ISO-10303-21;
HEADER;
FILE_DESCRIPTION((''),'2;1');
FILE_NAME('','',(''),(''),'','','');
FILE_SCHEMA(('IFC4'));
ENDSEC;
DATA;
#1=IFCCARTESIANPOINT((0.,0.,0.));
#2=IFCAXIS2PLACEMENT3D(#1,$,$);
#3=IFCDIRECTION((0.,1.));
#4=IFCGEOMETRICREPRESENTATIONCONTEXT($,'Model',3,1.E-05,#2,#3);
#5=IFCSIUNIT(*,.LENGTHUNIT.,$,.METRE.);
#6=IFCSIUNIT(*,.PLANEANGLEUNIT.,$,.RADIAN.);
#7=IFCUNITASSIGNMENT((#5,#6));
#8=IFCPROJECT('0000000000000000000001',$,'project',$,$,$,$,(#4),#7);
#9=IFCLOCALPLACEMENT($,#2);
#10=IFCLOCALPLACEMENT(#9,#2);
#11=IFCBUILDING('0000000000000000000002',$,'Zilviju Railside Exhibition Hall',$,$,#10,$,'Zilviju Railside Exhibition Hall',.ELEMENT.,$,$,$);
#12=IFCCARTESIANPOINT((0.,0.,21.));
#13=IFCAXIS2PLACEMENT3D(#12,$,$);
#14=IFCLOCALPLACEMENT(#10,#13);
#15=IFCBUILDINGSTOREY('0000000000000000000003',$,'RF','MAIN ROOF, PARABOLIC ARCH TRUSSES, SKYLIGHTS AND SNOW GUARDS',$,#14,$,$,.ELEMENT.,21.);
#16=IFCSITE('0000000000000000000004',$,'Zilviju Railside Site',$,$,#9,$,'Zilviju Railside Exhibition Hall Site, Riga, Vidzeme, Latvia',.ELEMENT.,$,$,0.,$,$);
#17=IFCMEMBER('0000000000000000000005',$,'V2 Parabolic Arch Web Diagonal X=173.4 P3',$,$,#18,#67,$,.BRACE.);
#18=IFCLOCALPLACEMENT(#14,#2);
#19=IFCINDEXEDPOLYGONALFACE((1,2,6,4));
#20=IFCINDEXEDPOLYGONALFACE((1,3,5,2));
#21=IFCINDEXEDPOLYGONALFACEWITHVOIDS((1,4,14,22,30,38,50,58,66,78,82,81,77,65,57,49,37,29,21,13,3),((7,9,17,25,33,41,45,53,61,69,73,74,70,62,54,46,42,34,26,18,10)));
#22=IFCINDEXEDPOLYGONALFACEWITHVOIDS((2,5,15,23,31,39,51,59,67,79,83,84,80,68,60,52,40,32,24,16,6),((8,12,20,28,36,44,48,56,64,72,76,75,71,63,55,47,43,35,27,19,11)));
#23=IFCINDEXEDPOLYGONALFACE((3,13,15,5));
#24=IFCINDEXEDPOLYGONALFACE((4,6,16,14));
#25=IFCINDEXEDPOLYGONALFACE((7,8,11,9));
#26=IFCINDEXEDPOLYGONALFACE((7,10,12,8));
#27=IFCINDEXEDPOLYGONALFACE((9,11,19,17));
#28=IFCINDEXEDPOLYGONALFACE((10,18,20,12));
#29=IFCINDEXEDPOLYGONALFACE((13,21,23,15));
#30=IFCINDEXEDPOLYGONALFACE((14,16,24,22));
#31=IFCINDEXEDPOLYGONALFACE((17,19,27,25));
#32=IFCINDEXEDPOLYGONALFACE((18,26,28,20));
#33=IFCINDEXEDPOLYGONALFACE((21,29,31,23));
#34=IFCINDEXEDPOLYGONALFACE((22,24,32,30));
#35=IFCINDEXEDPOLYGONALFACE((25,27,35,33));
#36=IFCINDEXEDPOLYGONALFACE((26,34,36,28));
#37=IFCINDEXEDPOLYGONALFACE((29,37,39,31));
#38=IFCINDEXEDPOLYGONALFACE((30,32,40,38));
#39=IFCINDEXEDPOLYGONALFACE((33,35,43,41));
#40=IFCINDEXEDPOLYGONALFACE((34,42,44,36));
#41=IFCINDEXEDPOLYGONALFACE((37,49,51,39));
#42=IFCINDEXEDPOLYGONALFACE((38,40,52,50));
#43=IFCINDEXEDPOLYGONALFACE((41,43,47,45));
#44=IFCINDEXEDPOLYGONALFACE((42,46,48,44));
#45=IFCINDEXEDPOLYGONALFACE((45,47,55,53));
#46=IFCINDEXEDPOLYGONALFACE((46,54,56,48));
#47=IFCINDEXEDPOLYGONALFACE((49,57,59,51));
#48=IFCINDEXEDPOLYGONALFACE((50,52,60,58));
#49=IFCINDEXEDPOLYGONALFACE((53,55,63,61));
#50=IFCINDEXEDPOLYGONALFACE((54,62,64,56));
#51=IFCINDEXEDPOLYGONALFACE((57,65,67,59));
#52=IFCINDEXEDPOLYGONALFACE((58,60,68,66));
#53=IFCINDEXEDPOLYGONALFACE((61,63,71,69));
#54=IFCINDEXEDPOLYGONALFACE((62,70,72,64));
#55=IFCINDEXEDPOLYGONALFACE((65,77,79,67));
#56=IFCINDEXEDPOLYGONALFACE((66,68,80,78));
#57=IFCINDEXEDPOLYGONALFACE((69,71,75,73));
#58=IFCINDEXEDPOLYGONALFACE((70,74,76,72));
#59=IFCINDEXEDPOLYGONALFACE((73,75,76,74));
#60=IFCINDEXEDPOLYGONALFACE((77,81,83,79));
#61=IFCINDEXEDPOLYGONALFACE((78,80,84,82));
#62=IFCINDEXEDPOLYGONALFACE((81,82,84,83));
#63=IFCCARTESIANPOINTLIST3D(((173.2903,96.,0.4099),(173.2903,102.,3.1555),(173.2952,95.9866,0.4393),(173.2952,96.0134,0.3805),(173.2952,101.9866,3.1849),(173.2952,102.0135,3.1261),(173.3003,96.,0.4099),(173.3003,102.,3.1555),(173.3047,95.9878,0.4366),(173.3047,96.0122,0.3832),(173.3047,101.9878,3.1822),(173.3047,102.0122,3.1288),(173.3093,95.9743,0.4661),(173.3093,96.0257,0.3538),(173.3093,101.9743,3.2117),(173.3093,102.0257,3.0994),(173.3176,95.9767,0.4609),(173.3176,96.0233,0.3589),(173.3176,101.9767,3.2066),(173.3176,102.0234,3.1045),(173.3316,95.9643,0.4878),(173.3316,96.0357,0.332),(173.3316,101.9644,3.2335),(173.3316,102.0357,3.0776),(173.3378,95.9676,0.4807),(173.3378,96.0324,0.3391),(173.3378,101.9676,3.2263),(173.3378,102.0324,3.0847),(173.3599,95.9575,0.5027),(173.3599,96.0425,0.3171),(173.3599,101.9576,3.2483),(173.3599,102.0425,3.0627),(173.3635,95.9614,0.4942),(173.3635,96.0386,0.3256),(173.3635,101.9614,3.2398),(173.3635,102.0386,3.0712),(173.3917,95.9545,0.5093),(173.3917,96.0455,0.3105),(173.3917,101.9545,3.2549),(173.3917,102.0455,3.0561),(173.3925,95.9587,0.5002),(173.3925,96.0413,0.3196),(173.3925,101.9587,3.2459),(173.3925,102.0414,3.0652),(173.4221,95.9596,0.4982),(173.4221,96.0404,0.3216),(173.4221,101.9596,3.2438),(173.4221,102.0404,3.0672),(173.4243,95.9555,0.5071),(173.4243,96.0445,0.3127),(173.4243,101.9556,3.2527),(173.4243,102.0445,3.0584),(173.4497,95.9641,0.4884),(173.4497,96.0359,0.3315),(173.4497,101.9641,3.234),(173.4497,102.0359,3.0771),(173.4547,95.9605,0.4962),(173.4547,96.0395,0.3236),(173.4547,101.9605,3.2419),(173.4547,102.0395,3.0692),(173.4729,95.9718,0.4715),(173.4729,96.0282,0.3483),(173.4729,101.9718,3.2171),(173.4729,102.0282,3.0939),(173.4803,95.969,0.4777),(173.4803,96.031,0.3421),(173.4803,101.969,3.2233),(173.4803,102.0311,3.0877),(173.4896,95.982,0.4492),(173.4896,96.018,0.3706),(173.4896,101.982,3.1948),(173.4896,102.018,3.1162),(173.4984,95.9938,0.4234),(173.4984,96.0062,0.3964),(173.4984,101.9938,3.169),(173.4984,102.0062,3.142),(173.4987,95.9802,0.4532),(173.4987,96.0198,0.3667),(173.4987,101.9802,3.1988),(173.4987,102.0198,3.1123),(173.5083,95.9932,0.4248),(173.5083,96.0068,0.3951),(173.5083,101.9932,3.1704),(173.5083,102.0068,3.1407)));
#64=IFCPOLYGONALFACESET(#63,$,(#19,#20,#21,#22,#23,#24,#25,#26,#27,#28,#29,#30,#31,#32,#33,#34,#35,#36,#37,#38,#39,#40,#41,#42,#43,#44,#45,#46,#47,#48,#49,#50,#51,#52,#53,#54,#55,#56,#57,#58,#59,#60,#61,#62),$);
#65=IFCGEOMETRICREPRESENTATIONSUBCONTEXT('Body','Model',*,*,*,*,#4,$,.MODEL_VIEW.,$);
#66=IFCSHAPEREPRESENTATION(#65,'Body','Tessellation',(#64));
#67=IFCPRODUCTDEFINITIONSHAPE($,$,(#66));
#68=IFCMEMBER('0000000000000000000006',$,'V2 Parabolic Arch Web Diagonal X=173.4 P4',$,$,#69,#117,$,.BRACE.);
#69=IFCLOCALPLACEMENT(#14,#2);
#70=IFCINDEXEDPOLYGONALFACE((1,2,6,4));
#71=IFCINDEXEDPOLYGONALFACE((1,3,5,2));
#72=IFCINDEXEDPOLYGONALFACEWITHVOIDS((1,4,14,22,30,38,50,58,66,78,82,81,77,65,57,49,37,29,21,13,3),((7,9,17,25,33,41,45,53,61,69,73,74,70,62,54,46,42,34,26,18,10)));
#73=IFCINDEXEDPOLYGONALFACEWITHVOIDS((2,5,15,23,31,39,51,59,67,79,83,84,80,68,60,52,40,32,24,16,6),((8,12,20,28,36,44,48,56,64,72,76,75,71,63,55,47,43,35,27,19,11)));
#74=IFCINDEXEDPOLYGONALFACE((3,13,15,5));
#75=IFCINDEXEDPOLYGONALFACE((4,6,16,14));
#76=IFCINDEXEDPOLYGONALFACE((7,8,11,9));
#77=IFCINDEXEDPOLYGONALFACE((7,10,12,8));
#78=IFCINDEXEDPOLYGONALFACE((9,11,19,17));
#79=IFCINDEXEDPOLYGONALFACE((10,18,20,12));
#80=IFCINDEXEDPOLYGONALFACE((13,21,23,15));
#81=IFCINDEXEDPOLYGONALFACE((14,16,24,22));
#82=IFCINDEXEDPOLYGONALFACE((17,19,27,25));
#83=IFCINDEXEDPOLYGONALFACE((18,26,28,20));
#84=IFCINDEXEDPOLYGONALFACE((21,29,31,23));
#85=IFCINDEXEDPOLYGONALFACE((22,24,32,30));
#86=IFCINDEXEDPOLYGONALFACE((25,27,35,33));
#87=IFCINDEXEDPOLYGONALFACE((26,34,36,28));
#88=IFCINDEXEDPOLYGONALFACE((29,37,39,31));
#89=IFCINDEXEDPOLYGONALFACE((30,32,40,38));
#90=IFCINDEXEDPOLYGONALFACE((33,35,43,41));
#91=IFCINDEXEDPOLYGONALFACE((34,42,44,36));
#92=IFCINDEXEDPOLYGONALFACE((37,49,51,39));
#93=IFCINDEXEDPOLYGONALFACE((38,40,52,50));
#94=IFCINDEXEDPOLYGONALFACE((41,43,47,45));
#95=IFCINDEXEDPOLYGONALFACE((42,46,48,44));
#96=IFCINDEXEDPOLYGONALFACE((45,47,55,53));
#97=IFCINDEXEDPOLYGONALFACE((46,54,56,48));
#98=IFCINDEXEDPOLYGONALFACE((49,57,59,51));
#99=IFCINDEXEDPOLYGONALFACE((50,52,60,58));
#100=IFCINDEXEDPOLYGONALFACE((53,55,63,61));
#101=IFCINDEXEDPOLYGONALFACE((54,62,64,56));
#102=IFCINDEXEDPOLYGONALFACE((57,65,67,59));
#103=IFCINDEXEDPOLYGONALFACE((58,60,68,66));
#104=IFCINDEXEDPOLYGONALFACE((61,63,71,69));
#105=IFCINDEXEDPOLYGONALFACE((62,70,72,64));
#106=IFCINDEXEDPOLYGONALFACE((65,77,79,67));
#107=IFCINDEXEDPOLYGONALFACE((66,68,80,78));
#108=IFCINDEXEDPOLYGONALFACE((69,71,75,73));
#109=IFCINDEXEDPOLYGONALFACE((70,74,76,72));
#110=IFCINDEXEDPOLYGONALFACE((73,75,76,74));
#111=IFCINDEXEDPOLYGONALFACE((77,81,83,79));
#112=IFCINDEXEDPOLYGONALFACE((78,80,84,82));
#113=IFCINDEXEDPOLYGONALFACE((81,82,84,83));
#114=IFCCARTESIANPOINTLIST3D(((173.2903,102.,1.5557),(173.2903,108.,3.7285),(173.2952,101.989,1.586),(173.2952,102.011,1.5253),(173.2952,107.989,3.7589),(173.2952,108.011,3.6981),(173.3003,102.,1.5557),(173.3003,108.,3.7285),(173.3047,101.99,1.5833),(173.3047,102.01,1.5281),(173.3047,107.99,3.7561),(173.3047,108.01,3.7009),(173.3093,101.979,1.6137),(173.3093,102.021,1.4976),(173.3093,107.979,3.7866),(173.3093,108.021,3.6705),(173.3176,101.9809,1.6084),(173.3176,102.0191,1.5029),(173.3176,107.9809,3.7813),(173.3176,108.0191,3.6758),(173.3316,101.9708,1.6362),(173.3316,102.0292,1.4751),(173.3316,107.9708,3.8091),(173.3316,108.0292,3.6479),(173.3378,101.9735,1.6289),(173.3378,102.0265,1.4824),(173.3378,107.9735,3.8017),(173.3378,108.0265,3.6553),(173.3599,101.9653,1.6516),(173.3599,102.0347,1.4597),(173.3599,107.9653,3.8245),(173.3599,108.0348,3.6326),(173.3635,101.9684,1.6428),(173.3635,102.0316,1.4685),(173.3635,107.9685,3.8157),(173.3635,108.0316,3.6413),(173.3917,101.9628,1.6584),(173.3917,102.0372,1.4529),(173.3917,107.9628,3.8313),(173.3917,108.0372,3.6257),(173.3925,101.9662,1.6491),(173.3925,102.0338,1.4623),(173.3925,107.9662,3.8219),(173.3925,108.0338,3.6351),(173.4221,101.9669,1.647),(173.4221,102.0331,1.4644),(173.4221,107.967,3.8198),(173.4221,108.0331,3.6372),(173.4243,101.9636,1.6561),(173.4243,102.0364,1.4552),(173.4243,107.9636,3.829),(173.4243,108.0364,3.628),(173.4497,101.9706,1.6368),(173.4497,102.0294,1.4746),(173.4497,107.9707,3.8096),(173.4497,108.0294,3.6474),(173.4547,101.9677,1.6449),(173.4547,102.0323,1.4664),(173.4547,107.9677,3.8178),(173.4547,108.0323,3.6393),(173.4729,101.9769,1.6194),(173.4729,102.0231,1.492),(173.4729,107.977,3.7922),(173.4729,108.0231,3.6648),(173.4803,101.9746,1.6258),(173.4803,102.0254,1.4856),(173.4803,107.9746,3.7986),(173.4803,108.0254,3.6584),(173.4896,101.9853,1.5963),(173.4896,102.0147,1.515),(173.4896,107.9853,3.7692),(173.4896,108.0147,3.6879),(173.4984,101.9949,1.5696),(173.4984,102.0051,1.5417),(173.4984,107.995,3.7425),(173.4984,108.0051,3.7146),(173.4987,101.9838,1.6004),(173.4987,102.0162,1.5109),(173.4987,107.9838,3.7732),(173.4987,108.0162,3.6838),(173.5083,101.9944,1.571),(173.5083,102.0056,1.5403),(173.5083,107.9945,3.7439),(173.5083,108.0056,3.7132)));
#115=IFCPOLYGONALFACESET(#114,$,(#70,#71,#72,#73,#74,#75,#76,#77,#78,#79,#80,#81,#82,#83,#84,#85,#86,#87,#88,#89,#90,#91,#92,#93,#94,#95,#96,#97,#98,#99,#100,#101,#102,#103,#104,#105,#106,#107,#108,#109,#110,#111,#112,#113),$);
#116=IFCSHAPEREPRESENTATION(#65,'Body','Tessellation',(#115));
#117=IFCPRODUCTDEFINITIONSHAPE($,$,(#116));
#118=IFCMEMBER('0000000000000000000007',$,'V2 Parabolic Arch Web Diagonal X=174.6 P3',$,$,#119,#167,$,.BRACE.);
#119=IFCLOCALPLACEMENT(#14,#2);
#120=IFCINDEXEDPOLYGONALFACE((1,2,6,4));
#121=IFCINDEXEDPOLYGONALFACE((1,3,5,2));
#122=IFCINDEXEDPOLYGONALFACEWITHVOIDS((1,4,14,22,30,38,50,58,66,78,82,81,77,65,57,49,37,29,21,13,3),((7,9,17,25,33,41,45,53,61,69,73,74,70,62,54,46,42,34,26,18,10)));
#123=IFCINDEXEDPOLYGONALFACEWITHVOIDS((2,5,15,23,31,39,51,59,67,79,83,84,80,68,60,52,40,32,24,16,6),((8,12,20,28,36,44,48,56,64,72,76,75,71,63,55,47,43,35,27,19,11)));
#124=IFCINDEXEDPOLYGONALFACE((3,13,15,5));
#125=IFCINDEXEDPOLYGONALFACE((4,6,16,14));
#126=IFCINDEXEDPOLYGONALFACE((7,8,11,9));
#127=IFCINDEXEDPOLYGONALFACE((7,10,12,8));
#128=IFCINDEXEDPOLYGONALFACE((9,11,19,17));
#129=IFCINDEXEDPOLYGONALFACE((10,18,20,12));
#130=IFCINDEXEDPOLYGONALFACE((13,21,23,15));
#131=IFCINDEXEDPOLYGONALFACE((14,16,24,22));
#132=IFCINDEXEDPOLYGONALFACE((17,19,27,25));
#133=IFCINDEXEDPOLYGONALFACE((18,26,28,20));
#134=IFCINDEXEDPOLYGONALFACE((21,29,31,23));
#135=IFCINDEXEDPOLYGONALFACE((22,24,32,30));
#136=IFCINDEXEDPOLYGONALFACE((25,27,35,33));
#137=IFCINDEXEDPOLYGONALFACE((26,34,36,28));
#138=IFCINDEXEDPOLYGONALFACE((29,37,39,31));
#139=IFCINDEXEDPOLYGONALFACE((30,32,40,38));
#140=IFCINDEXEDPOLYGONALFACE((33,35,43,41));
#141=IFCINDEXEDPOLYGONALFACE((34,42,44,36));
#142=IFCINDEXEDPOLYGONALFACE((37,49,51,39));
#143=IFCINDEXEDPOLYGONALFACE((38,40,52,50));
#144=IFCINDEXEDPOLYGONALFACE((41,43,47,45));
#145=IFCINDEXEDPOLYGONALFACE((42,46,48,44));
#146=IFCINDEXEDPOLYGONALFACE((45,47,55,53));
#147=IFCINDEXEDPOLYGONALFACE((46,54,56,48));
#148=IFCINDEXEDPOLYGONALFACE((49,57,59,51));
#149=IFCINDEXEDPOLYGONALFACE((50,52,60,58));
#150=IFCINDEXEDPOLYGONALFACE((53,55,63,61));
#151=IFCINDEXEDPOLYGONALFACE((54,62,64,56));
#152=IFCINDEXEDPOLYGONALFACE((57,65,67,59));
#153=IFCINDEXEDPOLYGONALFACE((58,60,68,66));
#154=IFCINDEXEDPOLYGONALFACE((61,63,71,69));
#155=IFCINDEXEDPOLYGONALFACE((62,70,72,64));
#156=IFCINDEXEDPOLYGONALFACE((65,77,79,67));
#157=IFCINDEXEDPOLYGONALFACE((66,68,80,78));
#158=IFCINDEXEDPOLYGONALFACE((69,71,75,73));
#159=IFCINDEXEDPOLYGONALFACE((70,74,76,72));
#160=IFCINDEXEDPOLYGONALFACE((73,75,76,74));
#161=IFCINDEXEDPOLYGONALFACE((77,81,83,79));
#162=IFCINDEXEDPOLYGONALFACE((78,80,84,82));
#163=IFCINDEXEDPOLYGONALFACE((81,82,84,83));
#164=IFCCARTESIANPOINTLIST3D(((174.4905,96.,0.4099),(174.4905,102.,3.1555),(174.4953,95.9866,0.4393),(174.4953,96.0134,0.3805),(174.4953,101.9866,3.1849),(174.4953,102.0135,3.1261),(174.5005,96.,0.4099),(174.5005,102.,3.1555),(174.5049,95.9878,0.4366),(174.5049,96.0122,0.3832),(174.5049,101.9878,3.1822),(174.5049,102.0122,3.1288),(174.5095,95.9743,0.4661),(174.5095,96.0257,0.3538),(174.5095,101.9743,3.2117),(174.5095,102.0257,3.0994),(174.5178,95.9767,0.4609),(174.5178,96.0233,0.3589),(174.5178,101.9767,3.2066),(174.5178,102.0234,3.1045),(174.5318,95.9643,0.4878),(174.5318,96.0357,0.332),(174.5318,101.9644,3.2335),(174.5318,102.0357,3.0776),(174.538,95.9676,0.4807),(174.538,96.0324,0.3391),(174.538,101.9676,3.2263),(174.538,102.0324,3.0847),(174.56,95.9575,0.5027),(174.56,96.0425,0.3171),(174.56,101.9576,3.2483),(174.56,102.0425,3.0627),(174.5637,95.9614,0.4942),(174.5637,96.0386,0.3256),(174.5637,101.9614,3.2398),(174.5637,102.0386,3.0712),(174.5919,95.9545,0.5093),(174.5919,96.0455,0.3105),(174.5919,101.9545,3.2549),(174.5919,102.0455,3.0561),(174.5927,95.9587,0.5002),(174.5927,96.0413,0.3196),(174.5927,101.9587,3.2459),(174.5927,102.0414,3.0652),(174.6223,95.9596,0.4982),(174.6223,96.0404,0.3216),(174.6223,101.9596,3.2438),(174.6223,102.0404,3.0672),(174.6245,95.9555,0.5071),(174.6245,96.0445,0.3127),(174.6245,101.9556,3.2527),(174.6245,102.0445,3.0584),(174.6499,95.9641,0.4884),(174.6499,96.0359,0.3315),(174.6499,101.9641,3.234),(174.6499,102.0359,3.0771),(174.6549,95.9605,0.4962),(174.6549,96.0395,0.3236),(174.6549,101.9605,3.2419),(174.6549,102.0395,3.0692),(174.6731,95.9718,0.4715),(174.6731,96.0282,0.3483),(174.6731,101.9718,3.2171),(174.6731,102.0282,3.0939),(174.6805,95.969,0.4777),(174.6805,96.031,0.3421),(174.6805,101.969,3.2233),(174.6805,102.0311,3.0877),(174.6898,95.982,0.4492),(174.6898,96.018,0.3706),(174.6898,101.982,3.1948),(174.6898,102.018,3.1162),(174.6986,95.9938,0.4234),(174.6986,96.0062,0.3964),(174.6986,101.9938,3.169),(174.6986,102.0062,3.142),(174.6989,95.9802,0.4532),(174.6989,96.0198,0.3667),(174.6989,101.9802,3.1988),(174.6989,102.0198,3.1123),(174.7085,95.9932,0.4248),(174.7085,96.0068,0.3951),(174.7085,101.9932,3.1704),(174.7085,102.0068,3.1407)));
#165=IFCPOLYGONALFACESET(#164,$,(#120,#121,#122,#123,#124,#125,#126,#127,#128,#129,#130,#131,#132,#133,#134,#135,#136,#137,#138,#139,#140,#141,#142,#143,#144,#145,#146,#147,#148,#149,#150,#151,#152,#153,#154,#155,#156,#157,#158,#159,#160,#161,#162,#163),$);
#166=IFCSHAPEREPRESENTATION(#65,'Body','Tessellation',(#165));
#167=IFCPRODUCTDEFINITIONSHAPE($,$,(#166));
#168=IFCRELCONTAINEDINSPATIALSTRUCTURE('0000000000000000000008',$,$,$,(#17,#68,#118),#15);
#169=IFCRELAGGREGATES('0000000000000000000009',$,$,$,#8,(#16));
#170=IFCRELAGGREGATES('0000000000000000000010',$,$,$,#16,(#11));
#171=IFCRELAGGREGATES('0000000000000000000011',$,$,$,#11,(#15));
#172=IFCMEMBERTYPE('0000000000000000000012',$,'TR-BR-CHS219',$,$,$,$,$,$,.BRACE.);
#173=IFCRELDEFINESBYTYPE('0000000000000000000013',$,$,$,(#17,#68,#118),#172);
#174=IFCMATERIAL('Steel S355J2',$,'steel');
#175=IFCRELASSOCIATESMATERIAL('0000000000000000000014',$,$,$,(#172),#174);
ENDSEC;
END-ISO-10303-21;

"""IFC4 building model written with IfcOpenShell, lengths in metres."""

from ifc_helpers import new_model, si_unit, direction, frame, origin, origin_2d, place, context, subcontext, project, spatial, hollow_circle, extrude, material, material_profile, profile_set, type_object, element, save


model = new_model("IFC4")

# Units and contexts
model_context = context("Model", 3, precision=1e-05, world=origin(), true_north=direction((0.0, 1.0)))
body_context = subcontext(model_context, "Body", "Model", "MODEL_VIEW")
ifc_project = project(units=[si_unit("LENGTHUNIT", "METRE"), si_unit("PLANEANGLEUNIT", "RADIAN")], contexts=[model_context])

# Site, building, storey
site_placement = place(None, origin())
site = spatial("IfcSite", under=ifc_project, at=site_placement, Name="Zilviju Railside Site", LongName="Zilviju Railside Exhibition Hall Site, Riga, Vidzeme, Latvia", CompositionType="ELEMENT", RefElevation=0.0)
building_placement = place(site_placement, origin())
building = spatial("IfcBuilding", under=site, at=building_placement, Name="Zilviju Railside Exhibition Hall", LongName="Zilviju Railside Exhibition Hall", CompositionType="ELEMENT")
storey_placement = place(building_placement, frame((0.0, 0.0, 21.0)))
storey = spatial("IfcBuildingStorey", under=building, at=storey_placement, Name="RF", Description="MAIN ROOF, PARABOLIC ARCH TRUSSES, SKYLIGHTS AND SNOW GUARDS", CompositionType="ELEMENT", Elevation=21.0)

# Members
ifc_material_1 = material(Name="Steel S355J2", Category="steel")
ifc_material_profile_1 = material_profile(ifc_material_1, hollow_circle(Radius=0.1096, WallThickness=0.01, at=origin_2d()), Name="CHS 219.1x10.0")
ifc_profile_set_1 = profile_set([ifc_material_profile_1], Name="Steel S355J2")
member_type_1 = type_object("IfcMemberType", Name="TR-BR-CHS219", PredefinedType="BRACE", material=ifc_profile_set_1)
member_1_placement = place(storey_placement, frame((173.3999, 96.0, 0.4099), z_axis=(0.0, 0.909317, 0.416104), x_axis=(-1.0, 0.0, 0.0)))
element("IfcMember", 1, at=member_1_placement, inside=storey, type_object=member_type_1, Name="V2 Parabolic Arch Web Diagonal X=173.4 P3", PredefinedType="BRACE", context=body_context, shape_type="SweptSolid", body=[
    extrude(hollow_circle(Radius=0.1096, WallThickness=0.01, at=origin_2d()), origin(), (0.0, 0.0, 1.0), 6.5984),
])
member_2_placement = place(storey_placement, frame((173.3999, 102.0, 1.5557), z_axis=(0.0, 0.940244, 0.340502), x_axis=(-1.0, 0.0, 0.0)))
element("IfcMember", 2, at=member_2_placement, inside=storey, type_object=member_type_1, Name="V2 Parabolic Arch Web Diagonal X=173.4 P4", PredefinedType="BRACE", context=body_context, shape_type="SweptSolid", body=[
    extrude(hollow_circle(Radius=0.1096, WallThickness=0.01, at=origin_2d()), origin(), (0.0, 0.0, 1.0), 6.3813),
])
member_3_placement = place(storey_placement, frame((174.6001, 96.0, 0.4099), z_axis=(0.0, 0.909317, 0.416104), x_axis=(-1.0, 0.0, 0.0)))
element("IfcMember", 3, at=member_3_placement, inside=storey, type_object=member_type_1, Name="V2 Parabolic Arch Web Diagonal X=174.6 P3", PredefinedType="BRACE", context=body_context, shape_type="SweptSolid", body=[
    extrude(hollow_circle(Radius=0.1096, WallThickness=0.01, at=origin_2d()), origin(), (0.0, 0.0, 1.0), 6.5984),
])

save(model, "model.ifc")
